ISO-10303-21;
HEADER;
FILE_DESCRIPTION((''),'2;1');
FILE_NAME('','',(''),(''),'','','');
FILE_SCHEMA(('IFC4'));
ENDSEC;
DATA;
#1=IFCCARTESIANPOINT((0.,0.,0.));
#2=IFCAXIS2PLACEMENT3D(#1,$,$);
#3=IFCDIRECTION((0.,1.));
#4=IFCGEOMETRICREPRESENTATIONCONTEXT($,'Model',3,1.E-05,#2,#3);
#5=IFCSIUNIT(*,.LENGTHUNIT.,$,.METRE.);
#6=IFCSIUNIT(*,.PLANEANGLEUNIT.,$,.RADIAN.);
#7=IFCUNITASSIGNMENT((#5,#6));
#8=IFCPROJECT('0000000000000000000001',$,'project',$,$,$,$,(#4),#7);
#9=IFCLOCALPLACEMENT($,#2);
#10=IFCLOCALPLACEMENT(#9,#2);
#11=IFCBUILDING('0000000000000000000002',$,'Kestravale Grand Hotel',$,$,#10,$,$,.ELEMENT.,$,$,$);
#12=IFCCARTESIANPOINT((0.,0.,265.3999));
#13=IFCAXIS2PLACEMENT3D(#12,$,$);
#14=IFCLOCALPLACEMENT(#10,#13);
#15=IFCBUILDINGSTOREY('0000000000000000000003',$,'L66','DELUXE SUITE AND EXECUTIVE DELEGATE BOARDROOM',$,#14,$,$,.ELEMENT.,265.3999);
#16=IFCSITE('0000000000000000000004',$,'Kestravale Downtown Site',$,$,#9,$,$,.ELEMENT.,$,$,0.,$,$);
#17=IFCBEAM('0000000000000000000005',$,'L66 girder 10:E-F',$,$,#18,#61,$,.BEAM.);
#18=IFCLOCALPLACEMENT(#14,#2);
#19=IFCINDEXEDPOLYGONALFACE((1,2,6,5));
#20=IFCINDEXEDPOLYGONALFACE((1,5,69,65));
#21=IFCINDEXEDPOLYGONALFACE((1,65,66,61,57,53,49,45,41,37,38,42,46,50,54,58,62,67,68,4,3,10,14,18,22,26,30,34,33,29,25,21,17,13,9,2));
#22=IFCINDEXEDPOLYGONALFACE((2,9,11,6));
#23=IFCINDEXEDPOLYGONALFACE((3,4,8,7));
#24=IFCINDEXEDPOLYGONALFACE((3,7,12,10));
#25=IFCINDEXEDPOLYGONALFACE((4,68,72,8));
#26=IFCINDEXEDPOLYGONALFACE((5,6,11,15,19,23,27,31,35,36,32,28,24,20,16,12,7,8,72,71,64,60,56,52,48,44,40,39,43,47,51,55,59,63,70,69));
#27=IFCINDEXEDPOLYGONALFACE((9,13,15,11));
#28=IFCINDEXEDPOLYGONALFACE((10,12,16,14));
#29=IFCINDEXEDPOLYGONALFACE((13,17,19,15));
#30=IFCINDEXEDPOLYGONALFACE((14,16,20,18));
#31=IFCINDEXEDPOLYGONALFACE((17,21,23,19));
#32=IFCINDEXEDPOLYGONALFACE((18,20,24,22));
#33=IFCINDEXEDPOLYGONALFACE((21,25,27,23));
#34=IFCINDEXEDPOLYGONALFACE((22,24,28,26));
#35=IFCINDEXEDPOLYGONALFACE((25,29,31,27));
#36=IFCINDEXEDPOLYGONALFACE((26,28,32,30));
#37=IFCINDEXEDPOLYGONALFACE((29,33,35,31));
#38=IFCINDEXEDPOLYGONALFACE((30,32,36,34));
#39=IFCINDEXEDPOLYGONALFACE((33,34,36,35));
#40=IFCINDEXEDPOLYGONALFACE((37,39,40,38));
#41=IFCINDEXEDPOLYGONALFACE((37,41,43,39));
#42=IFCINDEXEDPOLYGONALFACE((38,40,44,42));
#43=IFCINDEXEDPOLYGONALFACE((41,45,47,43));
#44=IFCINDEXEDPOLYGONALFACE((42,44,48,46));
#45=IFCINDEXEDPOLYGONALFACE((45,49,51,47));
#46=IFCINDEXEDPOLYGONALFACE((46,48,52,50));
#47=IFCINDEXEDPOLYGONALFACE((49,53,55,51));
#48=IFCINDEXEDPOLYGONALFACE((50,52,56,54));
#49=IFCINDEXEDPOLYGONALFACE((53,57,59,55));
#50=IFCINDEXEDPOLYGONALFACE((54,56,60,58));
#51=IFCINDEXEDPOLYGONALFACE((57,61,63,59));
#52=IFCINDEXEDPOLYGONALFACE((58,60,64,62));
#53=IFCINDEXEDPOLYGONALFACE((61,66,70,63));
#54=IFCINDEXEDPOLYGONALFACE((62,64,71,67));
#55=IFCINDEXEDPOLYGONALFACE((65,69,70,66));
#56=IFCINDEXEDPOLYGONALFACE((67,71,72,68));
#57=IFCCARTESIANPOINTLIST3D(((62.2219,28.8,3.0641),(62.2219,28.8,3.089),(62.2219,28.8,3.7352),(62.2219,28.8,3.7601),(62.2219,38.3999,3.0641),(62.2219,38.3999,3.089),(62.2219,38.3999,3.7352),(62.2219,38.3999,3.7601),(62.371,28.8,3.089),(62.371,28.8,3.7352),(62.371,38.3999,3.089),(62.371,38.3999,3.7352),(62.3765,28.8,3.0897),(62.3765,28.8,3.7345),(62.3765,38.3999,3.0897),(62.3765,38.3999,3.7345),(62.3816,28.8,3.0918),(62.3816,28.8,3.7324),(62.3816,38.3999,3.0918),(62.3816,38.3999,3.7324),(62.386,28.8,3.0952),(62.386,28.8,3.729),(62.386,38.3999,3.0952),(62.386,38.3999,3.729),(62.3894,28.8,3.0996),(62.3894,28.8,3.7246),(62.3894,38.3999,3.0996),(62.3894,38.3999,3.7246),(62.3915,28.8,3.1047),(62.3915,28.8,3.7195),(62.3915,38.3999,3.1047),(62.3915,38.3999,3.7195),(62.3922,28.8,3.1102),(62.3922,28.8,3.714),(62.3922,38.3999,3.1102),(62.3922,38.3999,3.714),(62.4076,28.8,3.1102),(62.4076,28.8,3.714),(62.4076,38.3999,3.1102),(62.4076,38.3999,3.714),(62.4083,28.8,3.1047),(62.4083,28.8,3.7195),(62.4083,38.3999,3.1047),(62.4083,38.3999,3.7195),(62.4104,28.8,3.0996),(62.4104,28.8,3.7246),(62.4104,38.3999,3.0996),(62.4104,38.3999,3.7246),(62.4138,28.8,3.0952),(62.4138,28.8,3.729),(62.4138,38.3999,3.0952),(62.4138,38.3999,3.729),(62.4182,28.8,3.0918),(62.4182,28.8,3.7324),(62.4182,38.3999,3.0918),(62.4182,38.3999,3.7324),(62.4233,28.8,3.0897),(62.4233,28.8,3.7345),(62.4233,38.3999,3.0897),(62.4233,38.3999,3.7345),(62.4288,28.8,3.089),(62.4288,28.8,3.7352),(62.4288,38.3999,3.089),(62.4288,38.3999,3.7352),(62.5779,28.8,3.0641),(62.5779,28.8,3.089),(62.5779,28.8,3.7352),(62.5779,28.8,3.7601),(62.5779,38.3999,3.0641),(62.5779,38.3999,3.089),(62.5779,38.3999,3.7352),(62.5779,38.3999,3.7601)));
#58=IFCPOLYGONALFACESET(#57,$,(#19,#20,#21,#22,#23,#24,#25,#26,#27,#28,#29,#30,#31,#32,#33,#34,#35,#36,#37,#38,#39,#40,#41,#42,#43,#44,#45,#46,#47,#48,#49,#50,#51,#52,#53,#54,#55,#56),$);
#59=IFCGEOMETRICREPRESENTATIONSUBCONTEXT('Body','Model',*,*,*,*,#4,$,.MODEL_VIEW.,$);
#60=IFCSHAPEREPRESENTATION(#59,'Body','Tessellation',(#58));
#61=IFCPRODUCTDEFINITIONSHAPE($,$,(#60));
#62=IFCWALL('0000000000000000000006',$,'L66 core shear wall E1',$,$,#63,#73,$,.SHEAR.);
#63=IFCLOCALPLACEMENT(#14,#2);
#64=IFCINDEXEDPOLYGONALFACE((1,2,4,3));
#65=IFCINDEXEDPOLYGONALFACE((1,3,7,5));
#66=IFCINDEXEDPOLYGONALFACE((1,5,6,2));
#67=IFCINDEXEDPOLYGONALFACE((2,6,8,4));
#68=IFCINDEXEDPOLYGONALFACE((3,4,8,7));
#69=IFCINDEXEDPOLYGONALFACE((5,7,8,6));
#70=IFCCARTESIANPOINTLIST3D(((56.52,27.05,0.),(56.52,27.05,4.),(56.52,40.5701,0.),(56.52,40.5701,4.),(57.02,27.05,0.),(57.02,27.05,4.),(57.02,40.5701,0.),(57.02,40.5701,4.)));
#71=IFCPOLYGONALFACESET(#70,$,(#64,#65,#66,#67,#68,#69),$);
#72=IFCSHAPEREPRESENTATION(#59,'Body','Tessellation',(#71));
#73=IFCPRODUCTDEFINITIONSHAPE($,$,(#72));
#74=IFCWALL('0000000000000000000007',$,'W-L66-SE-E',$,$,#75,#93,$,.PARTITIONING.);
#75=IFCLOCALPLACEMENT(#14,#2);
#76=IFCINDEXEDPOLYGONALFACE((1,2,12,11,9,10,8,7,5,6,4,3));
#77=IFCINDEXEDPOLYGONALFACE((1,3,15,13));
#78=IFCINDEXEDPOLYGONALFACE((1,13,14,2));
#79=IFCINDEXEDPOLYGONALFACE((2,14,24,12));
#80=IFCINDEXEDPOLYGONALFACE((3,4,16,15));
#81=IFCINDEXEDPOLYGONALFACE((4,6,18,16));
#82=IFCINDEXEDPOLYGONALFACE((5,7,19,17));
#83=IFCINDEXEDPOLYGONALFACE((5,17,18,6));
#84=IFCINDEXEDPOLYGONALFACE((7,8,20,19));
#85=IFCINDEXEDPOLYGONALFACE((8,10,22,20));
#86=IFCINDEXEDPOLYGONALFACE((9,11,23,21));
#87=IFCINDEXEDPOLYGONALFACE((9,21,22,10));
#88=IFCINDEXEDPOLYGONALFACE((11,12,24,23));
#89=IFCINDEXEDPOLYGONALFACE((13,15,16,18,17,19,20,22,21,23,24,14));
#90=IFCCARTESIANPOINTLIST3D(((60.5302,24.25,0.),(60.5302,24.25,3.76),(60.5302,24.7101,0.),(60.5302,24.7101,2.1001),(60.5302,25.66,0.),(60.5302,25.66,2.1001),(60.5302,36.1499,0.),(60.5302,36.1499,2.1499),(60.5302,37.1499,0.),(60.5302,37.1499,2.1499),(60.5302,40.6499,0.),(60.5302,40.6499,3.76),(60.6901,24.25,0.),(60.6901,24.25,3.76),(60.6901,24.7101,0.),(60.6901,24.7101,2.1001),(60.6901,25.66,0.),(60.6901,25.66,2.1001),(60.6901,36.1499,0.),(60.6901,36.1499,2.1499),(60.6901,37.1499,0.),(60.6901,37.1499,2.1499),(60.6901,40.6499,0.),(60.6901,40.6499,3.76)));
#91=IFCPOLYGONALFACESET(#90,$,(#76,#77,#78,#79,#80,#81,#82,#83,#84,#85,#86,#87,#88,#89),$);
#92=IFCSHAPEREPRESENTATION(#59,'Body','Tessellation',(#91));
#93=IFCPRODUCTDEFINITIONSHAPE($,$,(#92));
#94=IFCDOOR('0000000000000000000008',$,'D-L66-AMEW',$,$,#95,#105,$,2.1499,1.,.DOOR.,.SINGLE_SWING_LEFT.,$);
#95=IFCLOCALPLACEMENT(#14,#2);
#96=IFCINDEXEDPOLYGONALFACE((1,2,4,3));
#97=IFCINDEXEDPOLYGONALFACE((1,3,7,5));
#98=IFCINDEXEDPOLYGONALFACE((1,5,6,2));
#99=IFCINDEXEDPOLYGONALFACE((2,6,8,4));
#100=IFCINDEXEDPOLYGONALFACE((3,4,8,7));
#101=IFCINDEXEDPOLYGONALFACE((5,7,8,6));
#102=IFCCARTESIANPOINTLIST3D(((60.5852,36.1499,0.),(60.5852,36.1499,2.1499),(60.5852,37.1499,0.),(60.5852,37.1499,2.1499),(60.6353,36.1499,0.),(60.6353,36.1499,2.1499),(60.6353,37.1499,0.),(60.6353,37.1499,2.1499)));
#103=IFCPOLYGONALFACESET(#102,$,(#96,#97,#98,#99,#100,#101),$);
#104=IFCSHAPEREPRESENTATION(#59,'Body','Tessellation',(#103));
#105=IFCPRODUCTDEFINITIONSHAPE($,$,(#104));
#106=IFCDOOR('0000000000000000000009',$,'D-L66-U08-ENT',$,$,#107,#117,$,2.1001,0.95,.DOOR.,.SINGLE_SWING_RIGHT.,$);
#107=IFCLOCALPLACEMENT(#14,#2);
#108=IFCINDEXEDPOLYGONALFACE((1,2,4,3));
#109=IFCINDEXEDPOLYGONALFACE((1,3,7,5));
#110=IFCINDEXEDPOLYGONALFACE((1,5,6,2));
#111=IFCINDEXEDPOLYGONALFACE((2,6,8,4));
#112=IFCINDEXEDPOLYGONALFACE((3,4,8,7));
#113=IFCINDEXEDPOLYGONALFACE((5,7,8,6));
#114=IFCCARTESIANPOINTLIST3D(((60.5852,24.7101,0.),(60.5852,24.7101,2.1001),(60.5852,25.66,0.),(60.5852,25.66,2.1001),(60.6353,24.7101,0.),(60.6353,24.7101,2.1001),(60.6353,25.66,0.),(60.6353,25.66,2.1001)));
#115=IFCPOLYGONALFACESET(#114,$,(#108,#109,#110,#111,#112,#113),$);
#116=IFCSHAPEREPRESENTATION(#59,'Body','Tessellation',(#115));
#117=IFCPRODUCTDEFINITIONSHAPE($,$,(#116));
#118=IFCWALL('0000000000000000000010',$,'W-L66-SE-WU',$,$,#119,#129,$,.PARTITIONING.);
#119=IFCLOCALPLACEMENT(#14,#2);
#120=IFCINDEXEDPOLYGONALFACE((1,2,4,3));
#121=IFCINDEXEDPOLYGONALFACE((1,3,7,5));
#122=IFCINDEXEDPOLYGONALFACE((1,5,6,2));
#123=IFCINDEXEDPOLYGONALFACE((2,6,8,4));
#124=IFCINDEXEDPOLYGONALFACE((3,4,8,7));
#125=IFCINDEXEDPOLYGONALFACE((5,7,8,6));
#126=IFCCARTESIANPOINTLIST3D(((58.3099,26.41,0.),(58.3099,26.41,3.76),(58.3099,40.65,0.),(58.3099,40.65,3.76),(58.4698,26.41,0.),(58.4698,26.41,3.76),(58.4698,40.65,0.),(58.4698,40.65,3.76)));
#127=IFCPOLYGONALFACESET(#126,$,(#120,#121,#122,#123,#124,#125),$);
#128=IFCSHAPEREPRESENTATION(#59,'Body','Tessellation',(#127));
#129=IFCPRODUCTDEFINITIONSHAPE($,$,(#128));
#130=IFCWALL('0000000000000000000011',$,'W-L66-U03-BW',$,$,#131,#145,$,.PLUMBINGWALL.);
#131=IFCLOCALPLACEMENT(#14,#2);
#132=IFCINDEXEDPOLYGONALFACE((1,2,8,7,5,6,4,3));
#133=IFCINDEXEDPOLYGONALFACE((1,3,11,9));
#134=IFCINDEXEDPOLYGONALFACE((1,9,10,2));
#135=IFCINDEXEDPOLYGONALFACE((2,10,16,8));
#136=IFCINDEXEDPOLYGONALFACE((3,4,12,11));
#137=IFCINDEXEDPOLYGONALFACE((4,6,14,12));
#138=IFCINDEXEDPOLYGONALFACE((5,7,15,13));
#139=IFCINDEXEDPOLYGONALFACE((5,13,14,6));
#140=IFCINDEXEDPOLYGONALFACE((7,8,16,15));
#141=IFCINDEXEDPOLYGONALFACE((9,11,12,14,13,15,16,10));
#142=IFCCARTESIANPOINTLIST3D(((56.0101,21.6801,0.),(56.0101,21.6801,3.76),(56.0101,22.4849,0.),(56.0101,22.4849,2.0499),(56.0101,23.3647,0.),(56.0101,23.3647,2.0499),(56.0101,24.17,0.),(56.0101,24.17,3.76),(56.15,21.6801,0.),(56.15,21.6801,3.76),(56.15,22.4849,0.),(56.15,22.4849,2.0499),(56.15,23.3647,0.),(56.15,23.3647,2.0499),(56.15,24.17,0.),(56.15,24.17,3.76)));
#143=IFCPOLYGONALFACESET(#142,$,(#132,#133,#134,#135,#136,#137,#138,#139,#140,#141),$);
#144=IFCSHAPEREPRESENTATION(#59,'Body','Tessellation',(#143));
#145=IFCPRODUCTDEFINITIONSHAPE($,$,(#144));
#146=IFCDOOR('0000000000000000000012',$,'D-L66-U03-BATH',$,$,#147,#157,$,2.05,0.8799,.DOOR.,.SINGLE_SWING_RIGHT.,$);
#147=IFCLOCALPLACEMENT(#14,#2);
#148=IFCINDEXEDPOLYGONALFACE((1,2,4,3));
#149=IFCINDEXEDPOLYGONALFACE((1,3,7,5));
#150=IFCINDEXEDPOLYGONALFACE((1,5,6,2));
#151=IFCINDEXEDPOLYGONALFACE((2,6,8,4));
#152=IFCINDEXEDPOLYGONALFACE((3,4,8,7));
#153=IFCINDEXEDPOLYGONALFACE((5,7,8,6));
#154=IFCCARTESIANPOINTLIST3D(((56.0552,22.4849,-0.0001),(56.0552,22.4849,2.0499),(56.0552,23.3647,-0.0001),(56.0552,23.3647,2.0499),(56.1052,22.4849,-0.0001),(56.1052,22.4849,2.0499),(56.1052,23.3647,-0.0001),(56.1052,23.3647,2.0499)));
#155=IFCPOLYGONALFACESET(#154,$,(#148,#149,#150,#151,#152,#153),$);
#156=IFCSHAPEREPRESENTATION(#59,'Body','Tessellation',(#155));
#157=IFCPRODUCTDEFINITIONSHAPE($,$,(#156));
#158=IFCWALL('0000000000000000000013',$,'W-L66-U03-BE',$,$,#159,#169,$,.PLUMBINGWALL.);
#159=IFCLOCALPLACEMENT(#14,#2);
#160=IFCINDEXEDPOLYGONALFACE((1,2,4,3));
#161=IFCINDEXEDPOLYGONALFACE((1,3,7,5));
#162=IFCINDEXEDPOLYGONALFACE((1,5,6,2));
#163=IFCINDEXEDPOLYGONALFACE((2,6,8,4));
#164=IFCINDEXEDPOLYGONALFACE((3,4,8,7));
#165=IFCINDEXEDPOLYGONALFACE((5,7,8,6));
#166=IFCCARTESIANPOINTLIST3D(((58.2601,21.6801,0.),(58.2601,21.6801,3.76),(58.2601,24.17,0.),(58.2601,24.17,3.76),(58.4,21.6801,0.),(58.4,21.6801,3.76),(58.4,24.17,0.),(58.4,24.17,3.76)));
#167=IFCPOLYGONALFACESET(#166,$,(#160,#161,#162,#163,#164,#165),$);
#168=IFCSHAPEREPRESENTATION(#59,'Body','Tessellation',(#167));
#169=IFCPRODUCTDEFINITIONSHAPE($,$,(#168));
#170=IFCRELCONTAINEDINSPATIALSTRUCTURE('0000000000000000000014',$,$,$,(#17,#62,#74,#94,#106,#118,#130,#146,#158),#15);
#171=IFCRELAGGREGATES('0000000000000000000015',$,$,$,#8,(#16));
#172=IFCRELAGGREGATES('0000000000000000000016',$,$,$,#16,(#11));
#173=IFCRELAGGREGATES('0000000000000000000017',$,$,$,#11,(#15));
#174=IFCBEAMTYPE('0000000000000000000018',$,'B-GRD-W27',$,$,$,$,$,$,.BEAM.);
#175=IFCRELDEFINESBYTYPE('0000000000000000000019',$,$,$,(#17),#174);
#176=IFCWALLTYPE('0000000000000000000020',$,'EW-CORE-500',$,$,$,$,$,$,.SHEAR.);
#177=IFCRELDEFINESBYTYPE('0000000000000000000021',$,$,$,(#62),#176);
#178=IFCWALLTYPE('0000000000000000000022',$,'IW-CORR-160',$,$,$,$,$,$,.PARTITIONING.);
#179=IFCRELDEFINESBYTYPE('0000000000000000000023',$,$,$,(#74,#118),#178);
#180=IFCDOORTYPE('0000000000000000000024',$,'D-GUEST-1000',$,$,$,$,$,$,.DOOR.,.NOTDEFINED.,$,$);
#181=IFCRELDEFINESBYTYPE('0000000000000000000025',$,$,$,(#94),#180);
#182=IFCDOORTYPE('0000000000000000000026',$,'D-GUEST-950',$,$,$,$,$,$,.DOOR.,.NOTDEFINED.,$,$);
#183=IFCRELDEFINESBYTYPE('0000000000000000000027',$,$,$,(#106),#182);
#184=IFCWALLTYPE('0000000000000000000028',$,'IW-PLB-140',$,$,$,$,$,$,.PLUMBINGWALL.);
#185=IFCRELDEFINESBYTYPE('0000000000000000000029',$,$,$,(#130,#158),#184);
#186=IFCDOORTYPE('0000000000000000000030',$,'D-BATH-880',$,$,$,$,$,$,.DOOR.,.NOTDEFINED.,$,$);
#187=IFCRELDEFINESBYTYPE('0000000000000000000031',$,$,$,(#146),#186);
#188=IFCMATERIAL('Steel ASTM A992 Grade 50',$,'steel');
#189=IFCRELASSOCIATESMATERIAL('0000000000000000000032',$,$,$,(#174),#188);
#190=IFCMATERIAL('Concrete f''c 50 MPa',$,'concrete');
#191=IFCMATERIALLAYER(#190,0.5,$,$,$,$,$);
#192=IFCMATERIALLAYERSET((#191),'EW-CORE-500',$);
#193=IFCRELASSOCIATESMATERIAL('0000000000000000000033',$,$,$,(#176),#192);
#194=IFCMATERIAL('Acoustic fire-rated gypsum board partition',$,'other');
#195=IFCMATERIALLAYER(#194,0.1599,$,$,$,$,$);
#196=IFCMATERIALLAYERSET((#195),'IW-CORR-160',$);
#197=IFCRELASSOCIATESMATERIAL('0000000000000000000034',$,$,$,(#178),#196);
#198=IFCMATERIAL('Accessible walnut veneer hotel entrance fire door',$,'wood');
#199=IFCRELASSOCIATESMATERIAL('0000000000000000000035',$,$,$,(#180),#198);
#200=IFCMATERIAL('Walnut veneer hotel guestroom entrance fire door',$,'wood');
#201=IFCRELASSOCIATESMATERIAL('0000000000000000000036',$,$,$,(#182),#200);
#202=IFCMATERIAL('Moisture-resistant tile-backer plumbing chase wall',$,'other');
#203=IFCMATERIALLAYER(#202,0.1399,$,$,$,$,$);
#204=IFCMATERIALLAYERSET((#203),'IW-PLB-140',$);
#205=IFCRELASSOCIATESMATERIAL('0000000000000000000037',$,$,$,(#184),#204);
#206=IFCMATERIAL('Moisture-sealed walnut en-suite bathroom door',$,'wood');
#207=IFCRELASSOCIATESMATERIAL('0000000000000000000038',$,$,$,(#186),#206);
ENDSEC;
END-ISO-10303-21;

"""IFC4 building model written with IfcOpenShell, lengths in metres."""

from ifc_helpers import new_model, si_unit, direction, frame, frame_2d, origin, origin_2d, place, context, subcontext, project, spatial, rectangle, i_section, extrude, material, layer, layer_set, material_profile, profile_set, type_object, element, fill, save


model = new_model("IFC4")

# Units and contexts
model_context = context("Model", 3, precision=1e-05, world=origin(), true_north=direction((0.0, 1.0)))
body_context = subcontext(model_context, "Body", "Model", "MODEL_VIEW")
ifc_project = project(units=[si_unit("LENGTHUNIT", "METRE"), si_unit("PLANEANGLEUNIT", "RADIAN")], contexts=[model_context])

# Site, building, storey
site_placement = place(None, origin())
site = spatial("IfcSite", under=ifc_project, at=site_placement, Name="Kestravale Downtown Site", CompositionType="ELEMENT", RefElevation=0.0)
building_placement = place(site_placement, origin())
building = spatial("IfcBuilding", under=site, at=building_placement, Name="Kestravale Grand Hotel", CompositionType="ELEMENT")
storey_placement = place(building_placement, frame((0.0, 0.0, 265.3999)))
storey = spatial("IfcBuildingStorey", under=building, at=storey_placement, Name="L66", Description="DELUXE SUITE AND EXECUTIVE DELEGATE BOARDROOM", CompositionType="ELEMENT", Elevation=265.3999)

# Beam
ifc_material_1 = material(Name="Steel ASTM A992 Grade 50", Category="steel")
ifc_material_profile_1 = material_profile(ifc_material_1, i_section(OverallWidth=0.356, OverallDepth=0.696, WebThickness=0.0154, FlangeThickness=0.0249, FilletRadius=0.0212, at=origin_2d()))
ifc_profile_set_1 = profile_set([ifc_material_profile_1], Name="Steel ASTM A992 Grade 50")
beam_type = type_object("IfcBeamType", Name="B-GRD-W27", PredefinedType="BEAM", material=ifc_profile_set_1)
beam_1_placement = place(storey_placement, frame((62.3999, 28.8, 3.4121), z_axis=(0.0, 1.0, 0.0), x_axis=(-1.0, 0.0, 0.0)))
element("IfcBeam", 1, at=beam_1_placement, inside=storey, type_object=beam_type, Name="L66 girder 10:E-F", PredefinedType="BEAM", context=body_context, shape_type="SweptSolid", body=[
    extrude(i_section(OverallWidth=0.356, OverallDepth=0.696, WebThickness=0.0154, FlangeThickness=0.0249, FilletRadius=0.0212, at=origin_2d()), origin(), (0.0, 0.0, 1.0), 9.5999),
])

# Wall
ifc_material_2 = material(Name="Concrete f'c 50 MPa", Category="concrete")
ifc_layer_1 = layer(ifc_material_2, 0.5)
ifc_layer_set_1 = layer_set([ifc_layer_1], Name="EW-CORE-500")
wall_type_1 = type_object("IfcWallType", Name="EW-CORE-500", PredefinedType="SHEAR", material=ifc_layer_set_1)
wall_1_placement = place(storey_placement, frame((56.77, 27.05, 0.0), z_axis=(0.0, 0.0, 1.0), x_axis=(0.0, 1.0, 0.0)))
element("IfcWall", 2, at=wall_1_placement, inside=storey, type_object=wall_type_1, Name="L66 core shear wall E1", PredefinedType="SHEAR", context=body_context, shape_type="SweptSolid", body=[
    extrude(rectangle(XDim=13.52, YDim=0.5, at=frame_2d((6.76, 0.0))), origin(), (0.0, 0.0, 1.0), 4.0),
])

# Wall, openings, doors
ifc_material_3 = material(Name="Acoustic fire-rated gypsum board partition", Category="other")
ifc_layer_2 = layer(ifc_material_3, 0.1599)
ifc_layer_set_2 = layer_set([ifc_layer_2], Name="IW-CORR-160")
wall_type_2 = type_object("IfcWallType", Name="IW-CORR-160", PredefinedType="PARTITIONING", material=ifc_layer_set_2)
wall_2_placement = place(storey_placement, frame((60.6101, 24.25, 0.0), z_axis=(0.0, 0.0, 1.0), x_axis=(0.0, 1.0, 0.0)))
wall_2 = element("IfcWall", 3, at=wall_2_placement, inside=storey, type_object=wall_type_2, Name="W-L66-SE-E", PredefinedType="PARTITIONING", context=body_context, shape_type="SweptSolid", body=[
    extrude(rectangle(XDim=16.3999, YDim=0.1599, at=frame_2d((8.2, 0.0))), origin(), (0.0, 0.0, 1.0), 3.76),
])
opening_1_placement = place(wall_2_placement, frame((0.46, 0.0, 0.0)))
opening_1 = element("IfcOpeningElement", 4, at=opening_1_placement, cuts=wall_2, PredefinedType="OPENING", context=body_context, shape_type="SweptSolid", body=[
    extrude(rectangle(XDim=0.95, YDim=2.1001, at=frame_2d((0.4751, 1.05))), frame((0.0, 0.0898, 0.0), z_axis=(0.0, -1.0, 0.0), x_axis=(1.0, 0.0, 0.0)), (0.0, 0.0, 1.0), 0.1799),
])
opening_2_placement = place(wall_2_placement, frame((11.8999, 0.0, 0.0)))
opening_2 = element("IfcOpeningElement", 5, at=opening_2_placement, cuts=wall_2, PredefinedType="OPENING", context=body_context, shape_type="SweptSolid", body=[
    extrude(rectangle(XDim=1.0, YDim=2.1499, at=frame_2d((0.5, 1.075))), frame((0.0, 0.0898, 0.0), z_axis=(0.0, -1.0, 0.0), x_axis=(1.0, 0.0, 0.0)), (0.0, 0.0, 1.0), 0.1799),
])
ifc_material_4 = material(Name="Accessible walnut veneer hotel entrance fire door", Category="wood")
door_type_1 = type_object("IfcDoorType", Name="D-GUEST-1000", OperationType="NOTDEFINED", PredefinedType="DOOR", material=ifc_material_4)
door_1_placement = place(opening_2_placement, origin())
door_1 = element("IfcDoor", 6, at=door_1_placement, inside=storey, type_object=door_type_1, Name="D-L66-AMEW", OperationType="SINGLE_SWING_LEFT", OverallHeight=2.1499, OverallWidth=1.0, PredefinedType="DOOR", context=body_context, shape_type="SweptSolid", body=[
    extrude(rectangle(XDim=1.0, YDim=2.1499, at=frame_2d((0.5, 1.075))), frame((0.0, 0.0249, 0.0), z_axis=(0.0, -1.0, 0.0), x_axis=(1.0, 0.0, 0.0)), (0.0, 0.0, 1.0), 0.05),
])
fill(opening_2, door_1)
ifc_material_5 = material(Name="Walnut veneer hotel guestroom entrance fire door", Category="wood")
door_type_2 = type_object("IfcDoorType", Name="D-GUEST-950", OperationType="NOTDEFINED", PredefinedType="DOOR", material=ifc_material_5)
door_2_placement = place(opening_1_placement, origin())
door_2 = element("IfcDoor", 7, at=door_2_placement, inside=storey, type_object=door_type_2, Name="D-L66-U08-ENT", OperationType="SINGLE_SWING_RIGHT", OverallHeight=2.1001, OverallWidth=0.95, PredefinedType="DOOR", context=body_context, shape_type="SweptSolid", body=[
    extrude(rectangle(XDim=0.95, YDim=2.1001, at=frame_2d((0.4751, 1.05))), frame((0.0, 0.0249, 0.0), z_axis=(0.0, -1.0, 0.0), x_axis=(1.0, 0.0, 0.0)), (0.0, 0.0, 1.0), 0.05),
])
fill(opening_1, door_2)

# Wall
wall_3_placement = place(storey_placement, frame((58.3899, 26.4099, 0.0), z_axis=(0.0, 0.0, 1.0), x_axis=(0.0, 1.0, 0.0)))
element("IfcWall", 8, at=wall_3_placement, inside=storey, type_object=wall_type_2, Name="W-L66-SE-WU", PredefinedType="PARTITIONING", context=body_context, shape_type="SweptSolid", body=[
    extrude(rectangle(XDim=14.24, YDim=0.1599, at=frame_2d((7.1201, 0.0))), origin(), (0.0, 0.0, 1.0), 3.76),
])

# Wall, opening, door
ifc_material_6 = material(Name="Moisture-resistant tile-backer plumbing chase wall", Category="other")
ifc_layer_3 = layer(ifc_material_6, 0.1399)
ifc_layer_set_3 = layer_set([ifc_layer_3], Name="IW-PLB-140")
wall_type_3 = type_object("IfcWallType", Name="IW-PLB-140", PredefinedType="PLUMBINGWALL", material=ifc_layer_set_3)
wall_4_placement = place(storey_placement, frame((56.0801, 21.6799, 0.0), z_axis=(0.0, 0.0, 1.0), x_axis=(0.0, 1.0, 0.0)))
wall_4 = element("IfcWall", 9, at=wall_4_placement, inside=storey, type_object=wall_type_3, Name="W-L66-U03-BW", PredefinedType="PLUMBINGWALL", context=body_context, shape_type="SweptSolid", body=[
    extrude(rectangle(XDim=2.49, YDim=0.1399, at=frame_2d((1.2451, 0.0))), origin(), (0.0, 0.0, 1.0), 3.76),
])
opening_3_placement = place(wall_4_placement, frame((0.8049, 0.0, 0.0)))
opening_3 = element("IfcOpeningElement", 10, at=opening_3_placement, cuts=wall_4, PredefinedType="OPENING", context=body_context, shape_type="SweptSolid", body=[
    extrude(rectangle(XDim=0.8799, YDim=2.05, at=frame_2d((0.4399, 1.0249))), frame((0.0, 0.0798, 0.0), z_axis=(0.0, -1.0, 0.0), x_axis=(1.0, 0.0, 0.0)), (0.0, 0.0, 1.0), 0.1599),
])
ifc_material_7 = material(Name="Moisture-sealed walnut en-suite bathroom door", Category="wood")
door_type_3 = type_object("IfcDoorType", Name="D-BATH-880", OperationType="NOTDEFINED", PredefinedType="DOOR", material=ifc_material_7)
door_3_placement = place(opening_3_placement, origin())
door_3 = element("IfcDoor", 11, at=door_3_placement, inside=storey, type_object=door_type_3, Name="D-L66-U03-BATH", OperationType="SINGLE_SWING_RIGHT", OverallHeight=2.05, OverallWidth=0.8799, PredefinedType="DOOR", context=body_context, shape_type="SweptSolid", body=[
    extrude(rectangle(XDim=0.8799, YDim=2.05, at=frame_2d((0.4399, 1.0249))), frame((0.0, 0.0249, 0.0), z_axis=(0.0, -1.0, 0.0), x_axis=(1.0, 0.0, 0.0)), (0.0, 0.0, 1.0), 0.05),
])
fill(opening_3, door_3)

# Wall
wall_5_placement = place(storey_placement, frame((58.3301, 21.6799, 0.0), z_axis=(0.0, 0.0, 1.0), x_axis=(0.0, 1.0, 0.0)))
element("IfcWall", 12, at=wall_5_placement, inside=storey, type_object=wall_type_3, Name="W-L66-U03-BE", PredefinedType="PLUMBINGWALL", context=body_context, shape_type="SweptSolid", body=[
    extrude(rectangle(XDim=2.49, YDim=0.1399, at=frame_2d((1.2451, 0.0))), origin(), (0.0, 0.0, 1.0), 3.76),
])

save(model, "model.ifc")
